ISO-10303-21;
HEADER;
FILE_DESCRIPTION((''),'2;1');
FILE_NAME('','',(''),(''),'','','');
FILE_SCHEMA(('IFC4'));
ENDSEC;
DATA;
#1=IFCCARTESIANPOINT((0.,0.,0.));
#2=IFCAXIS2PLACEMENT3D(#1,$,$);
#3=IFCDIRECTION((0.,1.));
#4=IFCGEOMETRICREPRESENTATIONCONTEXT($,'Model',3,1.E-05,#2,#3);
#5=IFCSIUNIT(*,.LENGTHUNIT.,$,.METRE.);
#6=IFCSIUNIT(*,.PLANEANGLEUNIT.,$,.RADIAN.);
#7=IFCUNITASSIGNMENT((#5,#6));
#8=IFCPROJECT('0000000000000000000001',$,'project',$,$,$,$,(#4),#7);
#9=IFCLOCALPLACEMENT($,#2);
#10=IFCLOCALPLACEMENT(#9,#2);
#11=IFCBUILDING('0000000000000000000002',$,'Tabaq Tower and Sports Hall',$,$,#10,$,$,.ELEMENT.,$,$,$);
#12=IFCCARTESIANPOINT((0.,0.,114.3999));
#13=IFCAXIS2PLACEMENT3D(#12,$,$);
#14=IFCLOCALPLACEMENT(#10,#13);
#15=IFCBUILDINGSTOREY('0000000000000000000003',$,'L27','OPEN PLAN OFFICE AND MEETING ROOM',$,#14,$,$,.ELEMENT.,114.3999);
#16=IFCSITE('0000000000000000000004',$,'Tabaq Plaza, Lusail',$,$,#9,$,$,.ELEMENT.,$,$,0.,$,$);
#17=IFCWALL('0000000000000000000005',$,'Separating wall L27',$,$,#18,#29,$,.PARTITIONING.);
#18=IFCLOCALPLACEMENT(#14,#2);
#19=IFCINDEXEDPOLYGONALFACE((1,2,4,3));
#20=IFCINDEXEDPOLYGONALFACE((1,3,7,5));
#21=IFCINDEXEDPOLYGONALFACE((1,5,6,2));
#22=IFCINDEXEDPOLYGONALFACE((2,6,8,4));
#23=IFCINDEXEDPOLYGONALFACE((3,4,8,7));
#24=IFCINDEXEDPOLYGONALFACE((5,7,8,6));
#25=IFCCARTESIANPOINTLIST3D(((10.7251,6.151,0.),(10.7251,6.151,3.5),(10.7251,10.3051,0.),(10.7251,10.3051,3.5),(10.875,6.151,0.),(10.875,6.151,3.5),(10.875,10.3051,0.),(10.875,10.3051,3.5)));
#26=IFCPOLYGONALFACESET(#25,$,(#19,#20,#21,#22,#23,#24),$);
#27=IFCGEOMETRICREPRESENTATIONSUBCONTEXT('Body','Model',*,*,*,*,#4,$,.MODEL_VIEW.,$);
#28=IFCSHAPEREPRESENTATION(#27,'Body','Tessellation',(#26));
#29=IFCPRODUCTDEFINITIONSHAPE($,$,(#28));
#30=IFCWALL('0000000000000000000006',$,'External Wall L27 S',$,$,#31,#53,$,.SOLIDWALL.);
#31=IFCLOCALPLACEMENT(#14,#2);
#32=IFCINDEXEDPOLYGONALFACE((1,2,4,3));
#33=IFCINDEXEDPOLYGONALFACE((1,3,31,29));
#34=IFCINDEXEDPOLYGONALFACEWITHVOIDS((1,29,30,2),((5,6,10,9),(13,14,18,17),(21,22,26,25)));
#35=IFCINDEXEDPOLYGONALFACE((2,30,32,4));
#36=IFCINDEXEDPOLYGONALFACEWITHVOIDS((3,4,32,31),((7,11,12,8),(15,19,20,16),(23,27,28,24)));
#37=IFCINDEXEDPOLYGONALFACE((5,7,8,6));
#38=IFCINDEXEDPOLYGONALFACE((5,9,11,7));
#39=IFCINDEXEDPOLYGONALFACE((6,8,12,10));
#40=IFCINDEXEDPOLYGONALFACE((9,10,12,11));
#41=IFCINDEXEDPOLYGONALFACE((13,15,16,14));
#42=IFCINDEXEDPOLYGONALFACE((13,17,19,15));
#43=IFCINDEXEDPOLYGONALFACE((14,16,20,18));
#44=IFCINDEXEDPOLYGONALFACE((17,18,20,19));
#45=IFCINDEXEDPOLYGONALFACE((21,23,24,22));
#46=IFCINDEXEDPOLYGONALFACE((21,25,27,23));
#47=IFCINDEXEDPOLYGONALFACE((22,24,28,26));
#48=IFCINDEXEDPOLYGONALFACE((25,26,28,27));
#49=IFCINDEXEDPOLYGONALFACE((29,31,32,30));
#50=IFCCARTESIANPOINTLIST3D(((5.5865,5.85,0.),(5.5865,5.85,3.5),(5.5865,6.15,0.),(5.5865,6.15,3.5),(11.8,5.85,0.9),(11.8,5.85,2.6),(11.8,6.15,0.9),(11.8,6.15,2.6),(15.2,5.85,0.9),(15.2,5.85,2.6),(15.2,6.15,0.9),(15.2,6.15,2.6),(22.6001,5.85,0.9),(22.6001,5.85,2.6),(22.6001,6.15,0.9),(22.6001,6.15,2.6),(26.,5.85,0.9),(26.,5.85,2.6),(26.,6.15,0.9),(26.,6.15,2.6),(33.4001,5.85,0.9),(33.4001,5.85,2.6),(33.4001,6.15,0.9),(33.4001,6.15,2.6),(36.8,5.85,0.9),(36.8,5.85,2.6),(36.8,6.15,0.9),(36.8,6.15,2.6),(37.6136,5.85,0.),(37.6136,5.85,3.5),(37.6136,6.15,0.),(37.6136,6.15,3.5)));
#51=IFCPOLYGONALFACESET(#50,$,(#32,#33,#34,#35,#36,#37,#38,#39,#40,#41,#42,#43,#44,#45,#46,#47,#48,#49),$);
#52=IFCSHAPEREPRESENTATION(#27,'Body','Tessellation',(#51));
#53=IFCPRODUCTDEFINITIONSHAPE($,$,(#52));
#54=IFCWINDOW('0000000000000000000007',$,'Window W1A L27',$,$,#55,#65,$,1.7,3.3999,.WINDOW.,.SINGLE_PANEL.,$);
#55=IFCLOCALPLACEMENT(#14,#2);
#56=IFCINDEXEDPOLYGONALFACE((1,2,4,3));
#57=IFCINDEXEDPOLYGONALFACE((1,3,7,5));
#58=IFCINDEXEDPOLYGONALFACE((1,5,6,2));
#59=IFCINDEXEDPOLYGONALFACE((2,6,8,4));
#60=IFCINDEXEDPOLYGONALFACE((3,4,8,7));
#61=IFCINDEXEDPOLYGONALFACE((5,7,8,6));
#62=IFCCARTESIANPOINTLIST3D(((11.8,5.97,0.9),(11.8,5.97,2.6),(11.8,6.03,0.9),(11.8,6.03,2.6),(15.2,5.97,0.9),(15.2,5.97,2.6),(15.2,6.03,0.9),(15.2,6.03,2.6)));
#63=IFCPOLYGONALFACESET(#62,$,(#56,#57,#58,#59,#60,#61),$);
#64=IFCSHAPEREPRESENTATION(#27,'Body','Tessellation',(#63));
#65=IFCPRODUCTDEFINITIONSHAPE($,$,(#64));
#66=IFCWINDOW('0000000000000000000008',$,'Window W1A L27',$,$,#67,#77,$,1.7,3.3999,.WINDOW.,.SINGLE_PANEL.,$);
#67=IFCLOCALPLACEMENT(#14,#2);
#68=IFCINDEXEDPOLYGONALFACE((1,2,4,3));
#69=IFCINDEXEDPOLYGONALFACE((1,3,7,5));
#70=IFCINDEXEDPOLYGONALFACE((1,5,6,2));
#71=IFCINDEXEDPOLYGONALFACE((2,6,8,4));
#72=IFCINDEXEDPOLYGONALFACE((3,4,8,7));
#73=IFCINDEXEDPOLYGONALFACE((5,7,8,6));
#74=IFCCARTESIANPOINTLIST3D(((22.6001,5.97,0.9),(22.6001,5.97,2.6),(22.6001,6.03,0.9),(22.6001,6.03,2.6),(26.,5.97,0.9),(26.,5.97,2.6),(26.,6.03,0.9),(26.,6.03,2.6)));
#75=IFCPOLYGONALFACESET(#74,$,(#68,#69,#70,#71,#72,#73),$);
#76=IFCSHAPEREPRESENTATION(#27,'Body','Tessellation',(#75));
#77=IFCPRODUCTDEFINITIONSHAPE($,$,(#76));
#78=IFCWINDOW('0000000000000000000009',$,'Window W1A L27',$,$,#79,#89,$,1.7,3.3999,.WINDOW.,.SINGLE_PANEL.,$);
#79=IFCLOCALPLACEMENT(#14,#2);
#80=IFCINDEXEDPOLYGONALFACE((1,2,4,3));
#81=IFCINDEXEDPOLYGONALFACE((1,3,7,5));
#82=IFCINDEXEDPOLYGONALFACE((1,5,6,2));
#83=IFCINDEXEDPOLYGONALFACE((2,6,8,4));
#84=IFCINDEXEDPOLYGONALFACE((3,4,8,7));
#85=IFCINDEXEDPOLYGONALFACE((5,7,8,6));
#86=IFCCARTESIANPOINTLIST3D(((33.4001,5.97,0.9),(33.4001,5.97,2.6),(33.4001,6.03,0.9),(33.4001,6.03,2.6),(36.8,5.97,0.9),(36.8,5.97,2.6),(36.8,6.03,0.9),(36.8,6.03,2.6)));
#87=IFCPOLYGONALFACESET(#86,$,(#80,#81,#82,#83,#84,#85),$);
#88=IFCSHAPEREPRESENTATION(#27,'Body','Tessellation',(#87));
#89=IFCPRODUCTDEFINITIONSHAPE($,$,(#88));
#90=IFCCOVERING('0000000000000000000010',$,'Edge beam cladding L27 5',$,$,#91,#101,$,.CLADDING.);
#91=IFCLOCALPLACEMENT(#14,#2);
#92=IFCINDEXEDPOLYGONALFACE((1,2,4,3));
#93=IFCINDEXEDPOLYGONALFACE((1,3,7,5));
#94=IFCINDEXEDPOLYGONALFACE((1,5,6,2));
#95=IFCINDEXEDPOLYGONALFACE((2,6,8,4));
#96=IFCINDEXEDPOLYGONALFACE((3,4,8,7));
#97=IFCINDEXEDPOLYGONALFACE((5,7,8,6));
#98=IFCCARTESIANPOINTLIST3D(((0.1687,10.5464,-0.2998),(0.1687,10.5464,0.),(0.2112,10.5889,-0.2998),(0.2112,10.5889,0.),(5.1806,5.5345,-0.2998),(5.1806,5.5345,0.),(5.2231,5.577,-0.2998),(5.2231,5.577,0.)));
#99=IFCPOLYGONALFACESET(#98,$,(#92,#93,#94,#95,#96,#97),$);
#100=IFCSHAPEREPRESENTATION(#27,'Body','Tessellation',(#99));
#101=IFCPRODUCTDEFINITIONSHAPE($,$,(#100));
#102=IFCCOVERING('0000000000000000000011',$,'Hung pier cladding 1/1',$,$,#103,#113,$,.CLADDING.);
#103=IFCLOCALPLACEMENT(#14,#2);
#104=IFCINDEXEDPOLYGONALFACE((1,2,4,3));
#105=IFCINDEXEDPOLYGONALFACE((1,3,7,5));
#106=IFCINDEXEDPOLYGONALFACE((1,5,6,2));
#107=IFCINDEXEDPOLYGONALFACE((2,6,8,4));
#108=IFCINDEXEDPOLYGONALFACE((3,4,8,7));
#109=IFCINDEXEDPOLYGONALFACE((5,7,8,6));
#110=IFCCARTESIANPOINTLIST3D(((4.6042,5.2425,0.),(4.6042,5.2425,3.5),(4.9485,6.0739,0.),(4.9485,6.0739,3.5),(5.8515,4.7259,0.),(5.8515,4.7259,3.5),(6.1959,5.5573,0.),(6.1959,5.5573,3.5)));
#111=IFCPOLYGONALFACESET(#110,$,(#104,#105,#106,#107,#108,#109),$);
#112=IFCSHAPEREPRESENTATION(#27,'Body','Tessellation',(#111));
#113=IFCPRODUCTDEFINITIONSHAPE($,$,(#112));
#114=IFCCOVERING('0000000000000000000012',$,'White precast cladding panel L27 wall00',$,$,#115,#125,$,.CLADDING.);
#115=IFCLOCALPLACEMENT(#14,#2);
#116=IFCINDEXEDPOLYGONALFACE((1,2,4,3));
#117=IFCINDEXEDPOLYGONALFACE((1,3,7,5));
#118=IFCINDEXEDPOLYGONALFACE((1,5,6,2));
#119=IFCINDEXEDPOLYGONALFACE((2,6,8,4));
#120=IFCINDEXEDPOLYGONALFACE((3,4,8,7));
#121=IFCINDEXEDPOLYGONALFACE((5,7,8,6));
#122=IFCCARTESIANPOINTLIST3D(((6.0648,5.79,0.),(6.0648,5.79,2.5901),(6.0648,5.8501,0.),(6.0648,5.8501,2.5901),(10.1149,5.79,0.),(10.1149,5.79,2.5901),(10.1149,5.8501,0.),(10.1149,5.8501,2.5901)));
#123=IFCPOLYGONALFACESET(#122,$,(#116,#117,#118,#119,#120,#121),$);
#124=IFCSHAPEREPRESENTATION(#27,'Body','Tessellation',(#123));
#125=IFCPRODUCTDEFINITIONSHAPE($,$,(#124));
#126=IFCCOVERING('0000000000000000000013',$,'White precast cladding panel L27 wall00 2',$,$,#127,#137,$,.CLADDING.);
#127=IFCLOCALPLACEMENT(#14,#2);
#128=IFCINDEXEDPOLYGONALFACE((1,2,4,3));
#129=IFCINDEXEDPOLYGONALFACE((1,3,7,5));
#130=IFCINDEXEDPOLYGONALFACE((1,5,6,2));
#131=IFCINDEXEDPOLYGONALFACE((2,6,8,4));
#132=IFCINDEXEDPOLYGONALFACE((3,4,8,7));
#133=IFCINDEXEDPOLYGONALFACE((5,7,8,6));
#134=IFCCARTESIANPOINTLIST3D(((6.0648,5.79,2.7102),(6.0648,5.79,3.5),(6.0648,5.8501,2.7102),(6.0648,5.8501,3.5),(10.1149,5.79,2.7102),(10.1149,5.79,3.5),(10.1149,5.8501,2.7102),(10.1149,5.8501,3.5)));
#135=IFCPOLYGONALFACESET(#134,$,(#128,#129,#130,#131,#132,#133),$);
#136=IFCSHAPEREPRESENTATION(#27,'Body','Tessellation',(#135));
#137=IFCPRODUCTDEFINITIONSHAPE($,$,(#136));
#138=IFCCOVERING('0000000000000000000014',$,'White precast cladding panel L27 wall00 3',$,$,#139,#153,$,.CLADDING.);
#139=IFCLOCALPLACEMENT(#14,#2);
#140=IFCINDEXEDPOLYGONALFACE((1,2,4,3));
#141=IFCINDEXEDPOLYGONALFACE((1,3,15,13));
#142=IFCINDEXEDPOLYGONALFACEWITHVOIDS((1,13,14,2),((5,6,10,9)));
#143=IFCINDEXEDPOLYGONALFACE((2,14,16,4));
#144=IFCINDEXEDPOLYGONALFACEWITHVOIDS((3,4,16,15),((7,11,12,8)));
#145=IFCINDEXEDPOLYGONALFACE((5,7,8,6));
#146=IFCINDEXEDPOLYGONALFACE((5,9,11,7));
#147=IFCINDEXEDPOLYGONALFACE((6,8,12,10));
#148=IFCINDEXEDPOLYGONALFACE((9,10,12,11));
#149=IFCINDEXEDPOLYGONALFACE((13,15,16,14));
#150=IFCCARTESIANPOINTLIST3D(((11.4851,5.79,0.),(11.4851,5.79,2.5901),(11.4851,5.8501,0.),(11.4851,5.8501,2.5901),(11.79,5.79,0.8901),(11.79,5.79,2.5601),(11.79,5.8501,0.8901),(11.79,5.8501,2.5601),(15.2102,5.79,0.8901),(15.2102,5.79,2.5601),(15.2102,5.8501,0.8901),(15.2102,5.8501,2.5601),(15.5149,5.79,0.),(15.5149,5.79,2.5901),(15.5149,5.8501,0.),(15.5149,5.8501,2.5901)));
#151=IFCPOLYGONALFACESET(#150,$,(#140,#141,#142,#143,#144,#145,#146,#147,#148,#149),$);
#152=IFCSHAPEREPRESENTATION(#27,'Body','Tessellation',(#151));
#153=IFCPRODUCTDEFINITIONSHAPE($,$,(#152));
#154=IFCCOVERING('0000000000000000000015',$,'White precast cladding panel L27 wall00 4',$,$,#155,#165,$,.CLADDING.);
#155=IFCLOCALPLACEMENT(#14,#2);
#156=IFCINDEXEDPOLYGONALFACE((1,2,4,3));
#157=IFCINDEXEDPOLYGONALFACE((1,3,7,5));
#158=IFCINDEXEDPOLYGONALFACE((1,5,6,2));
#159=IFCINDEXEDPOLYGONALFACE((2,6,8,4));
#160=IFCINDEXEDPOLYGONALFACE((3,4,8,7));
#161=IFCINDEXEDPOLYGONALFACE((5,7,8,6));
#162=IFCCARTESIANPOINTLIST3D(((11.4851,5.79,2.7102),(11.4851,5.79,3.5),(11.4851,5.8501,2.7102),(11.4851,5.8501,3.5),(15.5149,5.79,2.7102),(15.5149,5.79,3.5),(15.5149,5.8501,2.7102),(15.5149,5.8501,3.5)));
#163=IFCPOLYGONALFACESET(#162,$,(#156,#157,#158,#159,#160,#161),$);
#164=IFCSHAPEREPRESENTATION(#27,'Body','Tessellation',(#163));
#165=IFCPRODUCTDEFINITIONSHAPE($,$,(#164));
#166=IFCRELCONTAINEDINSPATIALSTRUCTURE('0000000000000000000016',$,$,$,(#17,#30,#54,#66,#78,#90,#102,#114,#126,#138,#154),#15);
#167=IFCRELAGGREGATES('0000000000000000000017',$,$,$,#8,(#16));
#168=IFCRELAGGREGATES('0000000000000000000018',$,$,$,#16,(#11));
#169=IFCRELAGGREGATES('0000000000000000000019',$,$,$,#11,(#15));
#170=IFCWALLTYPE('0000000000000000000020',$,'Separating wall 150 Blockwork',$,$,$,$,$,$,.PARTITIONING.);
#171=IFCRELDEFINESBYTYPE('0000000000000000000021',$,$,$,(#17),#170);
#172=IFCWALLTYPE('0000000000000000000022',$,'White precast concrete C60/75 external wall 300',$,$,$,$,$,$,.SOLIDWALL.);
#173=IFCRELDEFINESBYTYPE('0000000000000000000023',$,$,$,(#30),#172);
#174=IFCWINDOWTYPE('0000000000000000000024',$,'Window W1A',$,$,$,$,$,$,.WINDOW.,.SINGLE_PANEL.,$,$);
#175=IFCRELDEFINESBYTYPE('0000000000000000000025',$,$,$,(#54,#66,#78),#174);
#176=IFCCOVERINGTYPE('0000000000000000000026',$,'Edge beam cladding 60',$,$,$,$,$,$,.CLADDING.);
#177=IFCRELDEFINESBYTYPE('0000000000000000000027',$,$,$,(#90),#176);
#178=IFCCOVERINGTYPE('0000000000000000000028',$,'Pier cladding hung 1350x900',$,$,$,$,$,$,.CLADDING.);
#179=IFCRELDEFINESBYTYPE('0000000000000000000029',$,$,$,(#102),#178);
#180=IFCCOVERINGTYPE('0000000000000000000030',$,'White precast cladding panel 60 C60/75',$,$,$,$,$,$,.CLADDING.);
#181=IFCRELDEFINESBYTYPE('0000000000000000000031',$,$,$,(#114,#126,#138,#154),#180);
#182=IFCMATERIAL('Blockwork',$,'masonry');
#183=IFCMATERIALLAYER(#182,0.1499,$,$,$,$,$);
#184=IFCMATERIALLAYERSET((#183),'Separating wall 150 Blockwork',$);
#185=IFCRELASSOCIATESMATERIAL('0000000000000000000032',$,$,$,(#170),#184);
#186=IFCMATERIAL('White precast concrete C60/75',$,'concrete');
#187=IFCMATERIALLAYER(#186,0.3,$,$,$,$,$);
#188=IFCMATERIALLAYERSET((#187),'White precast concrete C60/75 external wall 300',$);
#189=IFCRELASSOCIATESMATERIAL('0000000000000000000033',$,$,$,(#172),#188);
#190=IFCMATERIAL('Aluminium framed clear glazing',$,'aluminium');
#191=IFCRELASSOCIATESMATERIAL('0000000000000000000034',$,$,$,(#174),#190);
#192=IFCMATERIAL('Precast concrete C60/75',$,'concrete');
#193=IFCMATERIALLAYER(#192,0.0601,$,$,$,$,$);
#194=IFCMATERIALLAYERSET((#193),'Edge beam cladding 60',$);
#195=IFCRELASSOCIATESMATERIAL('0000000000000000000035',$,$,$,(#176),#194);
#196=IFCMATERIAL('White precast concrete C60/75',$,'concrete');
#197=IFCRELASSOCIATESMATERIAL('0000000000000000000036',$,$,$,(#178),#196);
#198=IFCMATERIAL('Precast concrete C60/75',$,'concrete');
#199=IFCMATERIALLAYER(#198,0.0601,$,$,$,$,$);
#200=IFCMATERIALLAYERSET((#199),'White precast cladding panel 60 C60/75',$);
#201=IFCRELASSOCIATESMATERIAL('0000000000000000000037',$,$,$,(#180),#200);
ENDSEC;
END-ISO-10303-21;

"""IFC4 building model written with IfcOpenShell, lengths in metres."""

from ifc_helpers import new_model, si_unit, direction, frame, frame_2d, origin, place, context, subcontext, project, spatial, polyline, rectangle, outline, extrude, material, layer, layer_set, type_object, element, fill, save


model = new_model("IFC4")

# Units and contexts
model_context = context("Model", 3, precision=1e-05, world=origin(), true_north=direction((0.0, 1.0)))
body_context = subcontext(model_context, "Body", "Model", "MODEL_VIEW")
ifc_project = project(units=[si_unit("LENGTHUNIT", "METRE"), si_unit("PLANEANGLEUNIT", "RADIAN")], contexts=[model_context])

# Site, building, storey
site_placement = place(None, origin())
site = spatial("IfcSite", under=ifc_project, at=site_placement, Name="Tabaq Plaza, Lusail", CompositionType="ELEMENT", RefElevation=0.0)
building_placement = place(site_placement, origin())
building = spatial("IfcBuilding", under=site, at=building_placement, Name="Tabaq Tower and Sports Hall", CompositionType="ELEMENT")
storey_placement = place(building_placement, frame((0.0, 0.0, 114.3999)))
storey = spatial("IfcBuildingStorey", under=building, at=storey_placement, Name="L27", Description="OPEN PLAN OFFICE AND MEETING ROOM", CompositionType="ELEMENT", Elevation=114.3999)

# Wall
ifc_material_1 = material(Name="Blockwork", Category="masonry")
ifc_layer_1 = layer(ifc_material_1, 0.1499)
ifc_layer_set_1 = layer_set([ifc_layer_1], Name="Separating wall 150 Blockwork")
wall_type_1 = type_object("IfcWallType", Name="Separating wall 150 Blockwork", PredefinedType="PARTITIONING", material=ifc_layer_set_1)
wall_1_placement = place(storey_placement, frame((10.8, 6.1509, 0.0), z_axis=(0.0, 0.0, 1.0), x_axis=(0.0, 1.0, 0.0)))
element("IfcWall", 1, at=wall_1_placement, inside=storey, type_object=wall_type_1, Name="Separating wall L27", PredefinedType="PARTITIONING", context=body_context, shape_type="SweptSolid", body=[
    extrude(rectangle(XDim=4.1541, YDim=0.1499, at=frame_2d((2.0771, 0.0))), origin(), (0.0, 0.0, 1.0), 3.5),
])

# Wall, openings, windows
ifc_material_2 = material(Name="White precast concrete C60/75", Category="concrete")
ifc_layer_2 = layer(ifc_material_2, 0.3)
ifc_layer_set_2 = layer_set([ifc_layer_2], Name="White precast concrete C60/75 external wall 300")
wall_type_2 = type_object("IfcWallType", Name="White precast concrete C60/75 external wall 300", PredefinedType="SOLIDWALL", material=ifc_layer_set_2)
wall_2_placement = place(storey_placement, frame((5.5864, 6.0, 0.0), z_axis=(0.0, 0.0, 1.0), x_axis=(1.0, 0.0, 0.0)))
wall_2 = element("IfcWall", 2, at=wall_2_placement, inside=storey, type_object=wall_type_2, Name="External Wall L27 S", PredefinedType="SOLIDWALL", context=body_context, shape_type="SweptSolid", body=[
    extrude(rectangle(XDim=32.0271, YDim=0.3, at=frame_2d((16.0137, 0.0))), origin(), (0.0, 0.0, 1.0), 3.5),
])
opening_1_placement = place(wall_2_placement, frame((6.2136, 0.0, 0.8999)))
opening_1 = element("IfcOpeningElement", 3, at=opening_1_placement, cuts=wall_2, PredefinedType="OPENING", context=body_context, shape_type="SweptSolid", body=[
    extrude(rectangle(XDim=3.3999, YDim=1.7, at=frame_2d((1.7, 0.8501))), frame((0.0, 0.1602, 0.0), z_axis=(0.0, -1.0, 0.0), x_axis=(1.0, 0.0, 0.0)), (0.0, 0.0, 1.0), 0.3201),
])
opening_2_placement = place(wall_2_placement, frame((17.0137, 0.0, 0.8999)))
opening_2 = element("IfcOpeningElement", 4, at=opening_2_placement, cuts=wall_2, PredefinedType="OPENING", context=body_context, shape_type="SweptSolid", body=[
    extrude(rectangle(XDim=3.3999, YDim=1.7, at=frame_2d((1.7, 0.8501))), frame((0.0, 0.1602, 0.0), z_axis=(0.0, -1.0, 0.0), x_axis=(1.0, 0.0, 0.0)), (0.0, 0.0, 1.0), 0.3201),
])
opening_3_placement = place(wall_2_placement, frame((27.8137, 0.0, 0.8999)))
opening_3 = element("IfcOpeningElement", 5, at=opening_3_placement, cuts=wall_2, PredefinedType="OPENING", context=body_context, shape_type="SweptSolid", body=[
    extrude(rectangle(XDim=3.3999, YDim=1.7, at=frame_2d((1.7, 0.8501))), frame((0.0, 0.1602, 0.0), z_axis=(0.0, -1.0, 0.0), x_axis=(1.0, 0.0, 0.0)), (0.0, 0.0, 1.0), 0.3201),
])
ifc_material_3 = material(Name="Aluminium framed clear glazing", Category="aluminium")
window_type = type_object("IfcWindowType", Name="Window W1A", PartitioningType="SINGLE_PANEL", PredefinedType="WINDOW", material=ifc_material_3)
window_1_placement = place(opening_1_placement, origin())
window_1 = element("IfcWindow", 6, at=window_1_placement, inside=storey, type_object=window_type, Name="Window W1A L27", OverallHeight=1.7, OverallWidth=3.3999, PartitioningType="SINGLE_PANEL", PredefinedType="WINDOW", context=body_context, shape_type="SweptSolid", body=[
    extrude(rectangle(XDim=3.3999, YDim=1.7, at=frame_2d((1.7, 0.8501))), frame((0.0, 0.03, 0.0), z_axis=(0.0, -1.0, 0.0), x_axis=(1.0, 0.0, 0.0)), (0.0, 0.0, 1.0), 0.0601),
])
fill(opening_1, window_1)
window_2_placement = place(opening_2_placement, origin())
window_2 = element("IfcWindow", 7, at=window_2_placement, inside=storey, type_object=window_type, Name="Window W1A L27", OverallHeight=1.7, OverallWidth=3.3999, PartitioningType="SINGLE_PANEL", PredefinedType="WINDOW", context=body_context, shape_type="SweptSolid", body=[
    extrude(rectangle(XDim=3.3999, YDim=1.7, at=frame_2d((1.7, 0.8501))), frame((0.0, 0.03, 0.0), z_axis=(0.0, -1.0, 0.0), x_axis=(1.0, 0.0, 0.0)), (0.0, 0.0, 1.0), 0.0601),
])
fill(opening_2, window_2)
window_3_placement = place(opening_3_placement, origin())
window_3 = element("IfcWindow", 8, at=window_3_placement, inside=storey, type_object=window_type, Name="Window W1A L27", OverallHeight=1.7, OverallWidth=3.3999, PartitioningType="SINGLE_PANEL", PredefinedType="WINDOW", context=body_context, shape_type="SweptSolid", body=[
    extrude(rectangle(XDim=3.3999, YDim=1.7, at=frame_2d((1.7, 0.8501))), frame((0.0, 0.03, 0.0), z_axis=(0.0, -1.0, 0.0), x_axis=(1.0, 0.0, 0.0)), (0.0, 0.0, 1.0), 0.0601),
])
fill(opening_3, window_3)

# Coverings
ifc_material_4 = material(Name="Precast concrete C60/75", Category="concrete")
ifc_layer_3 = layer(ifc_material_4, 0.0601)
ifc_layer_set_3 = layer_set([ifc_layer_3], Name="Edge beam cladding 60")
covering_type_1 = type_object("IfcCoveringType", Name="Edge beam cladding 60", PredefinedType="CLADDING", material=ifc_layer_set_3)
covering_1_placement = place(storey_placement, frame((0.1899, 10.5676, -0.2998), z_axis=(0.0, 0.0, 1.0), x_axis=(0.707107, -0.707107, 0.0)))
element("IfcCovering", 9, at=covering_1_placement, inside=storey, type_object=covering_type_1, Name="Edge beam cladding L27 5", PredefinedType="CLADDING", context=body_context, shape_type="SweptSolid", body=[
    extrude(rectangle(XDim=7.0879, YDim=0.0601, at=frame_2d((3.5439, 0.0))), origin(), (0.0, 0.0, 1.0), 0.2998),
])
ifc_material_5 = material(Name="White precast concrete C60/75", Category="concrete")
covering_type_2 = type_object("IfcCoveringType", Name="Pier cladding hung 1350x900", PredefinedType="CLADDING", material=ifc_material_5)
covering_2_placement = place(storey_placement, frame((4.7764, 5.6582, 0.0), z_axis=(0.0, 0.0, 1.0), x_axis=(0.923893, -0.38265, 0.0)))
element("IfcCovering", 10, at=covering_2_placement, inside=storey, type_object=covering_type_2, Name="Hung pier cladding 1/1", PredefinedType="CLADDING", context=body_context, shape_type="SweptSolid", body=[
    extrude(rectangle(XDim=1.3501, YDim=0.8999, at=frame_2d((0.675, 0.0))), origin(), (0.0, 0.0, 1.0), 3.5),
])
ifc_material_6 = material(Name="Precast concrete C60/75", Category="concrete")
ifc_layer_4 = layer(ifc_material_6, 0.0601)
ifc_layer_set_4 = layer_set([ifc_layer_4], Name="White precast cladding panel 60 C60/75")
covering_type_3 = type_object("IfcCoveringType", Name="White precast cladding panel 60 C60/75", PredefinedType="CLADDING", material=ifc_layer_set_4)
covering_3_placement = place(storey_placement, frame((6.0649, 5.8201, 0.0), z_axis=(0.0, 0.0, 1.0), x_axis=(1.0, 0.0, 0.0)))
element("IfcCovering", 11, at=covering_3_placement, inside=storey, type_object=covering_type_3, Name="White precast cladding panel L27 wall00", PredefinedType="CLADDING", context=body_context, shape_type="SweptSolid", body=[
    extrude(rectangle(XDim=4.05, YDim=0.0601, at=frame_2d((2.0249, 0.0))), origin(), (0.0, 0.0, 1.0), 2.5901),
])
covering_4_placement = place(storey_placement, frame((6.0649, 5.8201, 2.7102), z_axis=(0.0, 0.0, 1.0), x_axis=(1.0, 0.0, 0.0)))
element("IfcCovering", 12, at=covering_4_placement, inside=storey, type_object=covering_type_3, Name="White precast cladding panel L27 wall00 2", PredefinedType="CLADDING", context=body_context, shape_type="SweptSolid", body=[
    extrude(rectangle(XDim=4.05, YDim=0.0601, at=frame_2d((2.0249, 0.0))), origin(), (0.0, 0.0, 1.0), 0.7898),
])
covering_5_placement = place(storey_placement, frame((11.4851, 5.8201, 0.0), z_axis=(0.0, 0.0, 1.0), x_axis=(1.0, 0.0, 0.0)))
element("IfcCovering", 13, at=covering_5_placement, inside=storey, type_object=covering_type_3, Name="White precast cladding panel L27 wall00 3", PredefinedType="CLADDING", context=body_context, shape_type="SweptSolid", body=[
    extrude(outline(polyline([(0.0, 0.0), (4.0298, 0.0), (4.0298, 2.5901), (0.0, 2.5901), (0.0, 0.0)]), holes=[polyline([(3.7251, 0.8901), (0.3049, 0.8901), (0.3049, 2.5601), (3.7251, 2.5601), (3.7251, 0.8901)])]), frame((0.0, 0.03, 0.0), z_axis=(0.0, -1.0, 0.0), x_axis=(1.0, 0.0, 0.0)), (0.0, 0.0, 1.0), 0.0601),
])
covering_6_placement = place(storey_placement, frame((11.4851, 5.8201, 2.7102), z_axis=(0.0, 0.0, 1.0), x_axis=(1.0, 0.0, 0.0)))
element("IfcCovering", 14, at=covering_6_placement, inside=storey, type_object=covering_type_3, Name="White precast cladding panel L27 wall00 4", PredefinedType="CLADDING", context=body_context, shape_type="SweptSolid", body=[
    extrude(rectangle(XDim=4.0298, YDim=0.0601, at=frame_2d((2.0149, 0.0))), origin(), (0.0, 0.0, 1.0), 0.7898),
])

save(model, "model.ifc")
